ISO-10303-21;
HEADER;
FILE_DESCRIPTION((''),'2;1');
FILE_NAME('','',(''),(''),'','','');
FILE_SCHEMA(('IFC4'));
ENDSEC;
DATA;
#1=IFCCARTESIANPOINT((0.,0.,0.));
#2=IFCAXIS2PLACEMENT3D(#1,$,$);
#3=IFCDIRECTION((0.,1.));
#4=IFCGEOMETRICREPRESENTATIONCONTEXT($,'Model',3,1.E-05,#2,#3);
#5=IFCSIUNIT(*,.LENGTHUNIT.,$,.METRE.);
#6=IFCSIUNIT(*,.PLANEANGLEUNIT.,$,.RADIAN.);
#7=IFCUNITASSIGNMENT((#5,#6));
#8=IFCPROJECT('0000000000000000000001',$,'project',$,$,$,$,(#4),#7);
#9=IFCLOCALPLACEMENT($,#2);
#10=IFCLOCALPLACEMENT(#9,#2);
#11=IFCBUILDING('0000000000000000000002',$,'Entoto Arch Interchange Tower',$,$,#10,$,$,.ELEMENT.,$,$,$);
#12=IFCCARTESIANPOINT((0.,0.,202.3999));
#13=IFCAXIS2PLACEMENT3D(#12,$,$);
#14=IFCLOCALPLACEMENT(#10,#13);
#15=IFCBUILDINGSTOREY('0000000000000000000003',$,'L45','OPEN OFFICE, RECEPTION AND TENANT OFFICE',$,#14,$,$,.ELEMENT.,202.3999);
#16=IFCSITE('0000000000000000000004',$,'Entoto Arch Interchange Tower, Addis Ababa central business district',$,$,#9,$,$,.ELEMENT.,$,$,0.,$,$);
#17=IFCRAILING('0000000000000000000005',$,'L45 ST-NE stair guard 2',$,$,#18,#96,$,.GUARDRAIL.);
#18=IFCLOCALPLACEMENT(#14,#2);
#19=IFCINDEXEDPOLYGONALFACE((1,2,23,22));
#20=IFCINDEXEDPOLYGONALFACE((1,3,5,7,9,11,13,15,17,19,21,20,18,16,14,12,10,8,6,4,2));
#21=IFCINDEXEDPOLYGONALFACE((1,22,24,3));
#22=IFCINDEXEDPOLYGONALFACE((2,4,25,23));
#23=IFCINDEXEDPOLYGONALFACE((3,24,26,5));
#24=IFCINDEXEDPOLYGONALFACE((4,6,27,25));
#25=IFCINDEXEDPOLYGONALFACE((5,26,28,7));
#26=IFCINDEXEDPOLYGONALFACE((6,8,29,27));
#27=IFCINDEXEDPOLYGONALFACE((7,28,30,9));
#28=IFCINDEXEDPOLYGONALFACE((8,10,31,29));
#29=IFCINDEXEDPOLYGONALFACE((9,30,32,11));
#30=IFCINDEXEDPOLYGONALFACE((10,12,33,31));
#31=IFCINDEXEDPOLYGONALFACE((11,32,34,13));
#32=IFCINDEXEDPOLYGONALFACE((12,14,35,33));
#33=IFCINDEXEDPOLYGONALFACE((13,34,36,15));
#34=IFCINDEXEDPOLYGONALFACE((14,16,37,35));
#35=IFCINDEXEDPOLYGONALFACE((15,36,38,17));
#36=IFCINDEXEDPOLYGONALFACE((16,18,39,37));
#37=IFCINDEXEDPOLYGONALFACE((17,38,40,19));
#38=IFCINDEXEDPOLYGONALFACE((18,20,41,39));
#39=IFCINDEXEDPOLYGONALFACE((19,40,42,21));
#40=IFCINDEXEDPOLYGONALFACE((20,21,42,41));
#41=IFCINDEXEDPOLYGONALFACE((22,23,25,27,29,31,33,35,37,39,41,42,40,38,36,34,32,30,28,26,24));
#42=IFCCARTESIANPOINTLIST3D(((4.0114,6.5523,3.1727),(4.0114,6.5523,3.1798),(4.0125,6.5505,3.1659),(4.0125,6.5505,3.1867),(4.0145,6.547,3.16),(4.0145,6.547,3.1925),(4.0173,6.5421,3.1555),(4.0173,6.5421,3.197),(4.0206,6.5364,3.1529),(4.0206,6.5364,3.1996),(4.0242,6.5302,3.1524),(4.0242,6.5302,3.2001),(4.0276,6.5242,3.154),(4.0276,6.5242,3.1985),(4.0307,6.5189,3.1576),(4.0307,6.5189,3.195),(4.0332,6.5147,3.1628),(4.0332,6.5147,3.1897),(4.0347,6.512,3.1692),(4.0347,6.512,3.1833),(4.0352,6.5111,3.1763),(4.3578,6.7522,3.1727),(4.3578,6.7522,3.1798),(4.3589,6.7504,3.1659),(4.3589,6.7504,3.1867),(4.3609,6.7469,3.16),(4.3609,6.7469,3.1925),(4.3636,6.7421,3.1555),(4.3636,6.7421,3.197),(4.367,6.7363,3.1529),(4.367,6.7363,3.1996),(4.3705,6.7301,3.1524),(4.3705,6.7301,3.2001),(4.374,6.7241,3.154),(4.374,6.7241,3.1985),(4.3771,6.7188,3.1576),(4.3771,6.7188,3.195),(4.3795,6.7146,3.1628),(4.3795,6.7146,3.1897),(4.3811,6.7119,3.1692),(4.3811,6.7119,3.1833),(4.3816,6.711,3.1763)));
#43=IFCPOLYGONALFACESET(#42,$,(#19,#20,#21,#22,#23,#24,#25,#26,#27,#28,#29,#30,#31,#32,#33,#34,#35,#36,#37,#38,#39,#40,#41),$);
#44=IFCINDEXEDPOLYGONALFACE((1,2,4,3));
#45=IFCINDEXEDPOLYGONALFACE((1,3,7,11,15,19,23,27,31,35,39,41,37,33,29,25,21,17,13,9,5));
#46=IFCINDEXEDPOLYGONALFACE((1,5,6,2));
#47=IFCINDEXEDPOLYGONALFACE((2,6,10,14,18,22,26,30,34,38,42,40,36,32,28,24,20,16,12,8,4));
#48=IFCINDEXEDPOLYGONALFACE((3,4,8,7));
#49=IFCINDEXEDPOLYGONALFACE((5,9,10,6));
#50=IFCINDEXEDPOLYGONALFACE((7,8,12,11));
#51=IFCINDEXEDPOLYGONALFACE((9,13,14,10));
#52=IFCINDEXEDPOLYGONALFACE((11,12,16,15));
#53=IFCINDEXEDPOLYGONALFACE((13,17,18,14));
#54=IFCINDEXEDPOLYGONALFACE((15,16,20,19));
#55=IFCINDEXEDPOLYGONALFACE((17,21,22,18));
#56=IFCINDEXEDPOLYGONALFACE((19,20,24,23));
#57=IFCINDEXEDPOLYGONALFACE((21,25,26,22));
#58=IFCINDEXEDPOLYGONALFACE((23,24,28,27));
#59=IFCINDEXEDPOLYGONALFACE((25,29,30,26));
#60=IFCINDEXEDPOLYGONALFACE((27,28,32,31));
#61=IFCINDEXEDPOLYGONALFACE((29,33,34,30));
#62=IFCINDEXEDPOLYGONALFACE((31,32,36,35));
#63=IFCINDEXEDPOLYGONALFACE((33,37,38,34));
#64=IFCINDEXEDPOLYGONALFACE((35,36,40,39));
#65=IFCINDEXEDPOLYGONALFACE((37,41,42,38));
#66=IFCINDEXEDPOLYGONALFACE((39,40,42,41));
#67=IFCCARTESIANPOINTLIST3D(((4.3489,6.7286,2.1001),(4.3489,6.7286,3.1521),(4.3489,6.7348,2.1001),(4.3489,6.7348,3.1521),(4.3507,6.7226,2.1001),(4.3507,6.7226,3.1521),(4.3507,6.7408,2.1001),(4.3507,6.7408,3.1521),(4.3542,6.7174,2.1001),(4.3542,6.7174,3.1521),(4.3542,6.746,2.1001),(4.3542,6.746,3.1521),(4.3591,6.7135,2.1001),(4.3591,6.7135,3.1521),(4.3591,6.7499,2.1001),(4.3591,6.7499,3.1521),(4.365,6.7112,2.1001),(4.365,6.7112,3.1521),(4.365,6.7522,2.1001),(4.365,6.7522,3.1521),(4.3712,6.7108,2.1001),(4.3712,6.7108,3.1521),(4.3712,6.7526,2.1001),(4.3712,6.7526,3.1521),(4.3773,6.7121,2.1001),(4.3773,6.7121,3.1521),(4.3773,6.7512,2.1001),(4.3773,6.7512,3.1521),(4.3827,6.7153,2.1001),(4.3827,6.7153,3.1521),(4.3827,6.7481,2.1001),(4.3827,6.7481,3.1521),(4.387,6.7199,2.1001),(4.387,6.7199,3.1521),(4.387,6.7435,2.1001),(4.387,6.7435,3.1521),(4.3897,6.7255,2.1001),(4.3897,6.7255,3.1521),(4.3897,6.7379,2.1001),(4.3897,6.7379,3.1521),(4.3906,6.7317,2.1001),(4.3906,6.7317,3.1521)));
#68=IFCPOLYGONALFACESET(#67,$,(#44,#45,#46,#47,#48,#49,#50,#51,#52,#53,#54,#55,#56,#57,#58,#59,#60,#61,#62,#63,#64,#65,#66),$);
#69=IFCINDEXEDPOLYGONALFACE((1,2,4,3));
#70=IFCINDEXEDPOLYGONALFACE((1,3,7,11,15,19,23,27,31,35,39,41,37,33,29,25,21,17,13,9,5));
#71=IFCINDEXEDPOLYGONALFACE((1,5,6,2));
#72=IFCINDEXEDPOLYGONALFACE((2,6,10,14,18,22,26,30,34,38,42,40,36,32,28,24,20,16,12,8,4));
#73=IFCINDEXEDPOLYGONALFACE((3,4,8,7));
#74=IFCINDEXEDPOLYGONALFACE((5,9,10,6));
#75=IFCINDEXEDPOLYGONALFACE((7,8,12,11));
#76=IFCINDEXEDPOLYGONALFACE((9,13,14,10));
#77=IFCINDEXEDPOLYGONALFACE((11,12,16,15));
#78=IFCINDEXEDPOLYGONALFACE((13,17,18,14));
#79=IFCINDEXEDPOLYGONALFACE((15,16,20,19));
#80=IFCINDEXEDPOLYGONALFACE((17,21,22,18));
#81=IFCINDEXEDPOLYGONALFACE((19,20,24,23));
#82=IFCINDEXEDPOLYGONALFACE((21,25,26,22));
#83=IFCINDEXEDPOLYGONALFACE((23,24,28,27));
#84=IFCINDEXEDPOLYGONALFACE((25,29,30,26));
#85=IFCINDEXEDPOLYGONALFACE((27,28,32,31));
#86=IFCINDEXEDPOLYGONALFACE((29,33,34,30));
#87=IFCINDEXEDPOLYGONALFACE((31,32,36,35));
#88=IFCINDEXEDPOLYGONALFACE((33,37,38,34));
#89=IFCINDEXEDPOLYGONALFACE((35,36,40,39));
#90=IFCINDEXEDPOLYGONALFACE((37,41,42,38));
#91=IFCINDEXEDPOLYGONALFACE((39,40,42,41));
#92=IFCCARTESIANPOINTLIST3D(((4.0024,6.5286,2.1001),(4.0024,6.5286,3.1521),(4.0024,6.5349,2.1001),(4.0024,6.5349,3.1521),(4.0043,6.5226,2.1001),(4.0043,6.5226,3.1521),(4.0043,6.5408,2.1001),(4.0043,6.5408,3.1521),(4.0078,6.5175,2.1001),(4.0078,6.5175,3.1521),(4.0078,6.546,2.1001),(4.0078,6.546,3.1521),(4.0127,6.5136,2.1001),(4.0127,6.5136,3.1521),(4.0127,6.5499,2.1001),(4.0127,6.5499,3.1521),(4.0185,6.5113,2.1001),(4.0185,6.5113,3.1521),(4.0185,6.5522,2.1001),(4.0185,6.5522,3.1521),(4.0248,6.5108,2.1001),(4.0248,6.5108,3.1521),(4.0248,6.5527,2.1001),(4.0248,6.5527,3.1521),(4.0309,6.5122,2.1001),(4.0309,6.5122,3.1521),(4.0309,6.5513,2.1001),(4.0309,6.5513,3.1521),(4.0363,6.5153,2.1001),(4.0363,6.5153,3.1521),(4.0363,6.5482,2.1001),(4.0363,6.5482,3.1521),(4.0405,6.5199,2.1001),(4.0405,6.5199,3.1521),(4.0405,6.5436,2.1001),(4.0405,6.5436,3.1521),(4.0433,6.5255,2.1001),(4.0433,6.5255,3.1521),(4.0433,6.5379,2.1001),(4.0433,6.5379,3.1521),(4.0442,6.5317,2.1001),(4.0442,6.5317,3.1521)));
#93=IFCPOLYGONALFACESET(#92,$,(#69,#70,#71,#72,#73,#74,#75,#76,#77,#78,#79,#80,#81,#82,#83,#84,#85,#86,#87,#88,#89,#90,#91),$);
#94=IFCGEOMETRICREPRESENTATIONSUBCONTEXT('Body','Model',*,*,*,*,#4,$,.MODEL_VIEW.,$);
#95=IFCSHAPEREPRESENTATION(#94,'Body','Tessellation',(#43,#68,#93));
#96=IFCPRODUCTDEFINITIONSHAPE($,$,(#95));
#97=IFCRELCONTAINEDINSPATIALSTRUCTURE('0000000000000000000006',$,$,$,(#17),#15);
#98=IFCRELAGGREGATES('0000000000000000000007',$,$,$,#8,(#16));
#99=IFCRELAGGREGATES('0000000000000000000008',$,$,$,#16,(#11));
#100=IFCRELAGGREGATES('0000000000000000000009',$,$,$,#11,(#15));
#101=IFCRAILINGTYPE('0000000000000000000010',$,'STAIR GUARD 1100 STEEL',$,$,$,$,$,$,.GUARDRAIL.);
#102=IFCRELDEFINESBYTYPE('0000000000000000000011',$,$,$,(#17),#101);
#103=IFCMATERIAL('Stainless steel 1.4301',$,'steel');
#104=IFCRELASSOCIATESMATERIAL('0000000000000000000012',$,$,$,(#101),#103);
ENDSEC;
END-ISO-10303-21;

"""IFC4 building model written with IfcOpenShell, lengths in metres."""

from ifc_helpers import new_model, si_unit, direction, frame, origin, origin_2d, place, context, subcontext, project, spatial, circle, extrude, material, type_object, element, save


model = new_model("IFC4")

# Units and contexts
model_context = context("Model", 3, precision=1e-05, world=origin(), true_north=direction((0.0, 1.0)))
body_context = subcontext(model_context, "Body", "Model", "MODEL_VIEW")
ifc_project = project(units=[si_unit("LENGTHUNIT", "METRE"), si_unit("PLANEANGLEUNIT", "RADIAN")], contexts=[model_context])

# Site, building, storey
site_placement = place(None, origin())
site = spatial("IfcSite", under=ifc_project, at=site_placement, Name="Entoto Arch Interchange Tower, Addis Ababa central business district", CompositionType="ELEMENT", RefElevation=0.0)
building_placement = place(site_placement, origin())
building = spatial("IfcBuilding", under=site, at=building_placement, Name="Entoto Arch Interchange Tower", CompositionType="ELEMENT")
storey_placement = place(building_placement, frame((0.0, 0.0, 202.3999)))
storey = spatial("IfcBuildingStorey", under=building, at=storey_placement, Name="L45", Description="OPEN OFFICE, RECEPTION AND TENANT OFFICE", CompositionType="ELEMENT", Elevation=202.3999)

# Railing
ifc_material_1 = material(Name="Stainless steel 1.4301", Category="steel")
railing_type_1 = type_object("IfcRailingType", Name="STAIR GUARD 1100 STEEL", PredefinedType="GUARDRAIL", material=ifc_material_1)
railing_1_placement = place(storey_placement, frame((4.3696, 6.7317, 2.1001)))
element("IfcRailing", 1, at=railing_1_placement, inside=storey, type_object=railing_type_1, Name="L45 ST-NE stair guard 2", PredefinedType="GUARDRAIL", context=body_context, shape_type="SweptSolid", body=[
    extrude(circle(Radius=0.0239, at=origin_2d()), frame((0.0, 0.0, 1.0762), z_axis=(-0.866094, -0.499881, 0.0), x_axis=(0.499881, -0.866094, 0.0)), (0.0, 0.0, 1.0), 0.3999),
    extrude(circle(Radius=0.021, at=origin_2d()), origin(), (0.0, 0.0, 1.0), 1.052),
    extrude(circle(Radius=0.021, at=origin_2d()), frame((-0.3464, -0.2, 0.0)), (0.0, 0.0, 1.0), 1.052),
])

save(model, "model.ifc")
